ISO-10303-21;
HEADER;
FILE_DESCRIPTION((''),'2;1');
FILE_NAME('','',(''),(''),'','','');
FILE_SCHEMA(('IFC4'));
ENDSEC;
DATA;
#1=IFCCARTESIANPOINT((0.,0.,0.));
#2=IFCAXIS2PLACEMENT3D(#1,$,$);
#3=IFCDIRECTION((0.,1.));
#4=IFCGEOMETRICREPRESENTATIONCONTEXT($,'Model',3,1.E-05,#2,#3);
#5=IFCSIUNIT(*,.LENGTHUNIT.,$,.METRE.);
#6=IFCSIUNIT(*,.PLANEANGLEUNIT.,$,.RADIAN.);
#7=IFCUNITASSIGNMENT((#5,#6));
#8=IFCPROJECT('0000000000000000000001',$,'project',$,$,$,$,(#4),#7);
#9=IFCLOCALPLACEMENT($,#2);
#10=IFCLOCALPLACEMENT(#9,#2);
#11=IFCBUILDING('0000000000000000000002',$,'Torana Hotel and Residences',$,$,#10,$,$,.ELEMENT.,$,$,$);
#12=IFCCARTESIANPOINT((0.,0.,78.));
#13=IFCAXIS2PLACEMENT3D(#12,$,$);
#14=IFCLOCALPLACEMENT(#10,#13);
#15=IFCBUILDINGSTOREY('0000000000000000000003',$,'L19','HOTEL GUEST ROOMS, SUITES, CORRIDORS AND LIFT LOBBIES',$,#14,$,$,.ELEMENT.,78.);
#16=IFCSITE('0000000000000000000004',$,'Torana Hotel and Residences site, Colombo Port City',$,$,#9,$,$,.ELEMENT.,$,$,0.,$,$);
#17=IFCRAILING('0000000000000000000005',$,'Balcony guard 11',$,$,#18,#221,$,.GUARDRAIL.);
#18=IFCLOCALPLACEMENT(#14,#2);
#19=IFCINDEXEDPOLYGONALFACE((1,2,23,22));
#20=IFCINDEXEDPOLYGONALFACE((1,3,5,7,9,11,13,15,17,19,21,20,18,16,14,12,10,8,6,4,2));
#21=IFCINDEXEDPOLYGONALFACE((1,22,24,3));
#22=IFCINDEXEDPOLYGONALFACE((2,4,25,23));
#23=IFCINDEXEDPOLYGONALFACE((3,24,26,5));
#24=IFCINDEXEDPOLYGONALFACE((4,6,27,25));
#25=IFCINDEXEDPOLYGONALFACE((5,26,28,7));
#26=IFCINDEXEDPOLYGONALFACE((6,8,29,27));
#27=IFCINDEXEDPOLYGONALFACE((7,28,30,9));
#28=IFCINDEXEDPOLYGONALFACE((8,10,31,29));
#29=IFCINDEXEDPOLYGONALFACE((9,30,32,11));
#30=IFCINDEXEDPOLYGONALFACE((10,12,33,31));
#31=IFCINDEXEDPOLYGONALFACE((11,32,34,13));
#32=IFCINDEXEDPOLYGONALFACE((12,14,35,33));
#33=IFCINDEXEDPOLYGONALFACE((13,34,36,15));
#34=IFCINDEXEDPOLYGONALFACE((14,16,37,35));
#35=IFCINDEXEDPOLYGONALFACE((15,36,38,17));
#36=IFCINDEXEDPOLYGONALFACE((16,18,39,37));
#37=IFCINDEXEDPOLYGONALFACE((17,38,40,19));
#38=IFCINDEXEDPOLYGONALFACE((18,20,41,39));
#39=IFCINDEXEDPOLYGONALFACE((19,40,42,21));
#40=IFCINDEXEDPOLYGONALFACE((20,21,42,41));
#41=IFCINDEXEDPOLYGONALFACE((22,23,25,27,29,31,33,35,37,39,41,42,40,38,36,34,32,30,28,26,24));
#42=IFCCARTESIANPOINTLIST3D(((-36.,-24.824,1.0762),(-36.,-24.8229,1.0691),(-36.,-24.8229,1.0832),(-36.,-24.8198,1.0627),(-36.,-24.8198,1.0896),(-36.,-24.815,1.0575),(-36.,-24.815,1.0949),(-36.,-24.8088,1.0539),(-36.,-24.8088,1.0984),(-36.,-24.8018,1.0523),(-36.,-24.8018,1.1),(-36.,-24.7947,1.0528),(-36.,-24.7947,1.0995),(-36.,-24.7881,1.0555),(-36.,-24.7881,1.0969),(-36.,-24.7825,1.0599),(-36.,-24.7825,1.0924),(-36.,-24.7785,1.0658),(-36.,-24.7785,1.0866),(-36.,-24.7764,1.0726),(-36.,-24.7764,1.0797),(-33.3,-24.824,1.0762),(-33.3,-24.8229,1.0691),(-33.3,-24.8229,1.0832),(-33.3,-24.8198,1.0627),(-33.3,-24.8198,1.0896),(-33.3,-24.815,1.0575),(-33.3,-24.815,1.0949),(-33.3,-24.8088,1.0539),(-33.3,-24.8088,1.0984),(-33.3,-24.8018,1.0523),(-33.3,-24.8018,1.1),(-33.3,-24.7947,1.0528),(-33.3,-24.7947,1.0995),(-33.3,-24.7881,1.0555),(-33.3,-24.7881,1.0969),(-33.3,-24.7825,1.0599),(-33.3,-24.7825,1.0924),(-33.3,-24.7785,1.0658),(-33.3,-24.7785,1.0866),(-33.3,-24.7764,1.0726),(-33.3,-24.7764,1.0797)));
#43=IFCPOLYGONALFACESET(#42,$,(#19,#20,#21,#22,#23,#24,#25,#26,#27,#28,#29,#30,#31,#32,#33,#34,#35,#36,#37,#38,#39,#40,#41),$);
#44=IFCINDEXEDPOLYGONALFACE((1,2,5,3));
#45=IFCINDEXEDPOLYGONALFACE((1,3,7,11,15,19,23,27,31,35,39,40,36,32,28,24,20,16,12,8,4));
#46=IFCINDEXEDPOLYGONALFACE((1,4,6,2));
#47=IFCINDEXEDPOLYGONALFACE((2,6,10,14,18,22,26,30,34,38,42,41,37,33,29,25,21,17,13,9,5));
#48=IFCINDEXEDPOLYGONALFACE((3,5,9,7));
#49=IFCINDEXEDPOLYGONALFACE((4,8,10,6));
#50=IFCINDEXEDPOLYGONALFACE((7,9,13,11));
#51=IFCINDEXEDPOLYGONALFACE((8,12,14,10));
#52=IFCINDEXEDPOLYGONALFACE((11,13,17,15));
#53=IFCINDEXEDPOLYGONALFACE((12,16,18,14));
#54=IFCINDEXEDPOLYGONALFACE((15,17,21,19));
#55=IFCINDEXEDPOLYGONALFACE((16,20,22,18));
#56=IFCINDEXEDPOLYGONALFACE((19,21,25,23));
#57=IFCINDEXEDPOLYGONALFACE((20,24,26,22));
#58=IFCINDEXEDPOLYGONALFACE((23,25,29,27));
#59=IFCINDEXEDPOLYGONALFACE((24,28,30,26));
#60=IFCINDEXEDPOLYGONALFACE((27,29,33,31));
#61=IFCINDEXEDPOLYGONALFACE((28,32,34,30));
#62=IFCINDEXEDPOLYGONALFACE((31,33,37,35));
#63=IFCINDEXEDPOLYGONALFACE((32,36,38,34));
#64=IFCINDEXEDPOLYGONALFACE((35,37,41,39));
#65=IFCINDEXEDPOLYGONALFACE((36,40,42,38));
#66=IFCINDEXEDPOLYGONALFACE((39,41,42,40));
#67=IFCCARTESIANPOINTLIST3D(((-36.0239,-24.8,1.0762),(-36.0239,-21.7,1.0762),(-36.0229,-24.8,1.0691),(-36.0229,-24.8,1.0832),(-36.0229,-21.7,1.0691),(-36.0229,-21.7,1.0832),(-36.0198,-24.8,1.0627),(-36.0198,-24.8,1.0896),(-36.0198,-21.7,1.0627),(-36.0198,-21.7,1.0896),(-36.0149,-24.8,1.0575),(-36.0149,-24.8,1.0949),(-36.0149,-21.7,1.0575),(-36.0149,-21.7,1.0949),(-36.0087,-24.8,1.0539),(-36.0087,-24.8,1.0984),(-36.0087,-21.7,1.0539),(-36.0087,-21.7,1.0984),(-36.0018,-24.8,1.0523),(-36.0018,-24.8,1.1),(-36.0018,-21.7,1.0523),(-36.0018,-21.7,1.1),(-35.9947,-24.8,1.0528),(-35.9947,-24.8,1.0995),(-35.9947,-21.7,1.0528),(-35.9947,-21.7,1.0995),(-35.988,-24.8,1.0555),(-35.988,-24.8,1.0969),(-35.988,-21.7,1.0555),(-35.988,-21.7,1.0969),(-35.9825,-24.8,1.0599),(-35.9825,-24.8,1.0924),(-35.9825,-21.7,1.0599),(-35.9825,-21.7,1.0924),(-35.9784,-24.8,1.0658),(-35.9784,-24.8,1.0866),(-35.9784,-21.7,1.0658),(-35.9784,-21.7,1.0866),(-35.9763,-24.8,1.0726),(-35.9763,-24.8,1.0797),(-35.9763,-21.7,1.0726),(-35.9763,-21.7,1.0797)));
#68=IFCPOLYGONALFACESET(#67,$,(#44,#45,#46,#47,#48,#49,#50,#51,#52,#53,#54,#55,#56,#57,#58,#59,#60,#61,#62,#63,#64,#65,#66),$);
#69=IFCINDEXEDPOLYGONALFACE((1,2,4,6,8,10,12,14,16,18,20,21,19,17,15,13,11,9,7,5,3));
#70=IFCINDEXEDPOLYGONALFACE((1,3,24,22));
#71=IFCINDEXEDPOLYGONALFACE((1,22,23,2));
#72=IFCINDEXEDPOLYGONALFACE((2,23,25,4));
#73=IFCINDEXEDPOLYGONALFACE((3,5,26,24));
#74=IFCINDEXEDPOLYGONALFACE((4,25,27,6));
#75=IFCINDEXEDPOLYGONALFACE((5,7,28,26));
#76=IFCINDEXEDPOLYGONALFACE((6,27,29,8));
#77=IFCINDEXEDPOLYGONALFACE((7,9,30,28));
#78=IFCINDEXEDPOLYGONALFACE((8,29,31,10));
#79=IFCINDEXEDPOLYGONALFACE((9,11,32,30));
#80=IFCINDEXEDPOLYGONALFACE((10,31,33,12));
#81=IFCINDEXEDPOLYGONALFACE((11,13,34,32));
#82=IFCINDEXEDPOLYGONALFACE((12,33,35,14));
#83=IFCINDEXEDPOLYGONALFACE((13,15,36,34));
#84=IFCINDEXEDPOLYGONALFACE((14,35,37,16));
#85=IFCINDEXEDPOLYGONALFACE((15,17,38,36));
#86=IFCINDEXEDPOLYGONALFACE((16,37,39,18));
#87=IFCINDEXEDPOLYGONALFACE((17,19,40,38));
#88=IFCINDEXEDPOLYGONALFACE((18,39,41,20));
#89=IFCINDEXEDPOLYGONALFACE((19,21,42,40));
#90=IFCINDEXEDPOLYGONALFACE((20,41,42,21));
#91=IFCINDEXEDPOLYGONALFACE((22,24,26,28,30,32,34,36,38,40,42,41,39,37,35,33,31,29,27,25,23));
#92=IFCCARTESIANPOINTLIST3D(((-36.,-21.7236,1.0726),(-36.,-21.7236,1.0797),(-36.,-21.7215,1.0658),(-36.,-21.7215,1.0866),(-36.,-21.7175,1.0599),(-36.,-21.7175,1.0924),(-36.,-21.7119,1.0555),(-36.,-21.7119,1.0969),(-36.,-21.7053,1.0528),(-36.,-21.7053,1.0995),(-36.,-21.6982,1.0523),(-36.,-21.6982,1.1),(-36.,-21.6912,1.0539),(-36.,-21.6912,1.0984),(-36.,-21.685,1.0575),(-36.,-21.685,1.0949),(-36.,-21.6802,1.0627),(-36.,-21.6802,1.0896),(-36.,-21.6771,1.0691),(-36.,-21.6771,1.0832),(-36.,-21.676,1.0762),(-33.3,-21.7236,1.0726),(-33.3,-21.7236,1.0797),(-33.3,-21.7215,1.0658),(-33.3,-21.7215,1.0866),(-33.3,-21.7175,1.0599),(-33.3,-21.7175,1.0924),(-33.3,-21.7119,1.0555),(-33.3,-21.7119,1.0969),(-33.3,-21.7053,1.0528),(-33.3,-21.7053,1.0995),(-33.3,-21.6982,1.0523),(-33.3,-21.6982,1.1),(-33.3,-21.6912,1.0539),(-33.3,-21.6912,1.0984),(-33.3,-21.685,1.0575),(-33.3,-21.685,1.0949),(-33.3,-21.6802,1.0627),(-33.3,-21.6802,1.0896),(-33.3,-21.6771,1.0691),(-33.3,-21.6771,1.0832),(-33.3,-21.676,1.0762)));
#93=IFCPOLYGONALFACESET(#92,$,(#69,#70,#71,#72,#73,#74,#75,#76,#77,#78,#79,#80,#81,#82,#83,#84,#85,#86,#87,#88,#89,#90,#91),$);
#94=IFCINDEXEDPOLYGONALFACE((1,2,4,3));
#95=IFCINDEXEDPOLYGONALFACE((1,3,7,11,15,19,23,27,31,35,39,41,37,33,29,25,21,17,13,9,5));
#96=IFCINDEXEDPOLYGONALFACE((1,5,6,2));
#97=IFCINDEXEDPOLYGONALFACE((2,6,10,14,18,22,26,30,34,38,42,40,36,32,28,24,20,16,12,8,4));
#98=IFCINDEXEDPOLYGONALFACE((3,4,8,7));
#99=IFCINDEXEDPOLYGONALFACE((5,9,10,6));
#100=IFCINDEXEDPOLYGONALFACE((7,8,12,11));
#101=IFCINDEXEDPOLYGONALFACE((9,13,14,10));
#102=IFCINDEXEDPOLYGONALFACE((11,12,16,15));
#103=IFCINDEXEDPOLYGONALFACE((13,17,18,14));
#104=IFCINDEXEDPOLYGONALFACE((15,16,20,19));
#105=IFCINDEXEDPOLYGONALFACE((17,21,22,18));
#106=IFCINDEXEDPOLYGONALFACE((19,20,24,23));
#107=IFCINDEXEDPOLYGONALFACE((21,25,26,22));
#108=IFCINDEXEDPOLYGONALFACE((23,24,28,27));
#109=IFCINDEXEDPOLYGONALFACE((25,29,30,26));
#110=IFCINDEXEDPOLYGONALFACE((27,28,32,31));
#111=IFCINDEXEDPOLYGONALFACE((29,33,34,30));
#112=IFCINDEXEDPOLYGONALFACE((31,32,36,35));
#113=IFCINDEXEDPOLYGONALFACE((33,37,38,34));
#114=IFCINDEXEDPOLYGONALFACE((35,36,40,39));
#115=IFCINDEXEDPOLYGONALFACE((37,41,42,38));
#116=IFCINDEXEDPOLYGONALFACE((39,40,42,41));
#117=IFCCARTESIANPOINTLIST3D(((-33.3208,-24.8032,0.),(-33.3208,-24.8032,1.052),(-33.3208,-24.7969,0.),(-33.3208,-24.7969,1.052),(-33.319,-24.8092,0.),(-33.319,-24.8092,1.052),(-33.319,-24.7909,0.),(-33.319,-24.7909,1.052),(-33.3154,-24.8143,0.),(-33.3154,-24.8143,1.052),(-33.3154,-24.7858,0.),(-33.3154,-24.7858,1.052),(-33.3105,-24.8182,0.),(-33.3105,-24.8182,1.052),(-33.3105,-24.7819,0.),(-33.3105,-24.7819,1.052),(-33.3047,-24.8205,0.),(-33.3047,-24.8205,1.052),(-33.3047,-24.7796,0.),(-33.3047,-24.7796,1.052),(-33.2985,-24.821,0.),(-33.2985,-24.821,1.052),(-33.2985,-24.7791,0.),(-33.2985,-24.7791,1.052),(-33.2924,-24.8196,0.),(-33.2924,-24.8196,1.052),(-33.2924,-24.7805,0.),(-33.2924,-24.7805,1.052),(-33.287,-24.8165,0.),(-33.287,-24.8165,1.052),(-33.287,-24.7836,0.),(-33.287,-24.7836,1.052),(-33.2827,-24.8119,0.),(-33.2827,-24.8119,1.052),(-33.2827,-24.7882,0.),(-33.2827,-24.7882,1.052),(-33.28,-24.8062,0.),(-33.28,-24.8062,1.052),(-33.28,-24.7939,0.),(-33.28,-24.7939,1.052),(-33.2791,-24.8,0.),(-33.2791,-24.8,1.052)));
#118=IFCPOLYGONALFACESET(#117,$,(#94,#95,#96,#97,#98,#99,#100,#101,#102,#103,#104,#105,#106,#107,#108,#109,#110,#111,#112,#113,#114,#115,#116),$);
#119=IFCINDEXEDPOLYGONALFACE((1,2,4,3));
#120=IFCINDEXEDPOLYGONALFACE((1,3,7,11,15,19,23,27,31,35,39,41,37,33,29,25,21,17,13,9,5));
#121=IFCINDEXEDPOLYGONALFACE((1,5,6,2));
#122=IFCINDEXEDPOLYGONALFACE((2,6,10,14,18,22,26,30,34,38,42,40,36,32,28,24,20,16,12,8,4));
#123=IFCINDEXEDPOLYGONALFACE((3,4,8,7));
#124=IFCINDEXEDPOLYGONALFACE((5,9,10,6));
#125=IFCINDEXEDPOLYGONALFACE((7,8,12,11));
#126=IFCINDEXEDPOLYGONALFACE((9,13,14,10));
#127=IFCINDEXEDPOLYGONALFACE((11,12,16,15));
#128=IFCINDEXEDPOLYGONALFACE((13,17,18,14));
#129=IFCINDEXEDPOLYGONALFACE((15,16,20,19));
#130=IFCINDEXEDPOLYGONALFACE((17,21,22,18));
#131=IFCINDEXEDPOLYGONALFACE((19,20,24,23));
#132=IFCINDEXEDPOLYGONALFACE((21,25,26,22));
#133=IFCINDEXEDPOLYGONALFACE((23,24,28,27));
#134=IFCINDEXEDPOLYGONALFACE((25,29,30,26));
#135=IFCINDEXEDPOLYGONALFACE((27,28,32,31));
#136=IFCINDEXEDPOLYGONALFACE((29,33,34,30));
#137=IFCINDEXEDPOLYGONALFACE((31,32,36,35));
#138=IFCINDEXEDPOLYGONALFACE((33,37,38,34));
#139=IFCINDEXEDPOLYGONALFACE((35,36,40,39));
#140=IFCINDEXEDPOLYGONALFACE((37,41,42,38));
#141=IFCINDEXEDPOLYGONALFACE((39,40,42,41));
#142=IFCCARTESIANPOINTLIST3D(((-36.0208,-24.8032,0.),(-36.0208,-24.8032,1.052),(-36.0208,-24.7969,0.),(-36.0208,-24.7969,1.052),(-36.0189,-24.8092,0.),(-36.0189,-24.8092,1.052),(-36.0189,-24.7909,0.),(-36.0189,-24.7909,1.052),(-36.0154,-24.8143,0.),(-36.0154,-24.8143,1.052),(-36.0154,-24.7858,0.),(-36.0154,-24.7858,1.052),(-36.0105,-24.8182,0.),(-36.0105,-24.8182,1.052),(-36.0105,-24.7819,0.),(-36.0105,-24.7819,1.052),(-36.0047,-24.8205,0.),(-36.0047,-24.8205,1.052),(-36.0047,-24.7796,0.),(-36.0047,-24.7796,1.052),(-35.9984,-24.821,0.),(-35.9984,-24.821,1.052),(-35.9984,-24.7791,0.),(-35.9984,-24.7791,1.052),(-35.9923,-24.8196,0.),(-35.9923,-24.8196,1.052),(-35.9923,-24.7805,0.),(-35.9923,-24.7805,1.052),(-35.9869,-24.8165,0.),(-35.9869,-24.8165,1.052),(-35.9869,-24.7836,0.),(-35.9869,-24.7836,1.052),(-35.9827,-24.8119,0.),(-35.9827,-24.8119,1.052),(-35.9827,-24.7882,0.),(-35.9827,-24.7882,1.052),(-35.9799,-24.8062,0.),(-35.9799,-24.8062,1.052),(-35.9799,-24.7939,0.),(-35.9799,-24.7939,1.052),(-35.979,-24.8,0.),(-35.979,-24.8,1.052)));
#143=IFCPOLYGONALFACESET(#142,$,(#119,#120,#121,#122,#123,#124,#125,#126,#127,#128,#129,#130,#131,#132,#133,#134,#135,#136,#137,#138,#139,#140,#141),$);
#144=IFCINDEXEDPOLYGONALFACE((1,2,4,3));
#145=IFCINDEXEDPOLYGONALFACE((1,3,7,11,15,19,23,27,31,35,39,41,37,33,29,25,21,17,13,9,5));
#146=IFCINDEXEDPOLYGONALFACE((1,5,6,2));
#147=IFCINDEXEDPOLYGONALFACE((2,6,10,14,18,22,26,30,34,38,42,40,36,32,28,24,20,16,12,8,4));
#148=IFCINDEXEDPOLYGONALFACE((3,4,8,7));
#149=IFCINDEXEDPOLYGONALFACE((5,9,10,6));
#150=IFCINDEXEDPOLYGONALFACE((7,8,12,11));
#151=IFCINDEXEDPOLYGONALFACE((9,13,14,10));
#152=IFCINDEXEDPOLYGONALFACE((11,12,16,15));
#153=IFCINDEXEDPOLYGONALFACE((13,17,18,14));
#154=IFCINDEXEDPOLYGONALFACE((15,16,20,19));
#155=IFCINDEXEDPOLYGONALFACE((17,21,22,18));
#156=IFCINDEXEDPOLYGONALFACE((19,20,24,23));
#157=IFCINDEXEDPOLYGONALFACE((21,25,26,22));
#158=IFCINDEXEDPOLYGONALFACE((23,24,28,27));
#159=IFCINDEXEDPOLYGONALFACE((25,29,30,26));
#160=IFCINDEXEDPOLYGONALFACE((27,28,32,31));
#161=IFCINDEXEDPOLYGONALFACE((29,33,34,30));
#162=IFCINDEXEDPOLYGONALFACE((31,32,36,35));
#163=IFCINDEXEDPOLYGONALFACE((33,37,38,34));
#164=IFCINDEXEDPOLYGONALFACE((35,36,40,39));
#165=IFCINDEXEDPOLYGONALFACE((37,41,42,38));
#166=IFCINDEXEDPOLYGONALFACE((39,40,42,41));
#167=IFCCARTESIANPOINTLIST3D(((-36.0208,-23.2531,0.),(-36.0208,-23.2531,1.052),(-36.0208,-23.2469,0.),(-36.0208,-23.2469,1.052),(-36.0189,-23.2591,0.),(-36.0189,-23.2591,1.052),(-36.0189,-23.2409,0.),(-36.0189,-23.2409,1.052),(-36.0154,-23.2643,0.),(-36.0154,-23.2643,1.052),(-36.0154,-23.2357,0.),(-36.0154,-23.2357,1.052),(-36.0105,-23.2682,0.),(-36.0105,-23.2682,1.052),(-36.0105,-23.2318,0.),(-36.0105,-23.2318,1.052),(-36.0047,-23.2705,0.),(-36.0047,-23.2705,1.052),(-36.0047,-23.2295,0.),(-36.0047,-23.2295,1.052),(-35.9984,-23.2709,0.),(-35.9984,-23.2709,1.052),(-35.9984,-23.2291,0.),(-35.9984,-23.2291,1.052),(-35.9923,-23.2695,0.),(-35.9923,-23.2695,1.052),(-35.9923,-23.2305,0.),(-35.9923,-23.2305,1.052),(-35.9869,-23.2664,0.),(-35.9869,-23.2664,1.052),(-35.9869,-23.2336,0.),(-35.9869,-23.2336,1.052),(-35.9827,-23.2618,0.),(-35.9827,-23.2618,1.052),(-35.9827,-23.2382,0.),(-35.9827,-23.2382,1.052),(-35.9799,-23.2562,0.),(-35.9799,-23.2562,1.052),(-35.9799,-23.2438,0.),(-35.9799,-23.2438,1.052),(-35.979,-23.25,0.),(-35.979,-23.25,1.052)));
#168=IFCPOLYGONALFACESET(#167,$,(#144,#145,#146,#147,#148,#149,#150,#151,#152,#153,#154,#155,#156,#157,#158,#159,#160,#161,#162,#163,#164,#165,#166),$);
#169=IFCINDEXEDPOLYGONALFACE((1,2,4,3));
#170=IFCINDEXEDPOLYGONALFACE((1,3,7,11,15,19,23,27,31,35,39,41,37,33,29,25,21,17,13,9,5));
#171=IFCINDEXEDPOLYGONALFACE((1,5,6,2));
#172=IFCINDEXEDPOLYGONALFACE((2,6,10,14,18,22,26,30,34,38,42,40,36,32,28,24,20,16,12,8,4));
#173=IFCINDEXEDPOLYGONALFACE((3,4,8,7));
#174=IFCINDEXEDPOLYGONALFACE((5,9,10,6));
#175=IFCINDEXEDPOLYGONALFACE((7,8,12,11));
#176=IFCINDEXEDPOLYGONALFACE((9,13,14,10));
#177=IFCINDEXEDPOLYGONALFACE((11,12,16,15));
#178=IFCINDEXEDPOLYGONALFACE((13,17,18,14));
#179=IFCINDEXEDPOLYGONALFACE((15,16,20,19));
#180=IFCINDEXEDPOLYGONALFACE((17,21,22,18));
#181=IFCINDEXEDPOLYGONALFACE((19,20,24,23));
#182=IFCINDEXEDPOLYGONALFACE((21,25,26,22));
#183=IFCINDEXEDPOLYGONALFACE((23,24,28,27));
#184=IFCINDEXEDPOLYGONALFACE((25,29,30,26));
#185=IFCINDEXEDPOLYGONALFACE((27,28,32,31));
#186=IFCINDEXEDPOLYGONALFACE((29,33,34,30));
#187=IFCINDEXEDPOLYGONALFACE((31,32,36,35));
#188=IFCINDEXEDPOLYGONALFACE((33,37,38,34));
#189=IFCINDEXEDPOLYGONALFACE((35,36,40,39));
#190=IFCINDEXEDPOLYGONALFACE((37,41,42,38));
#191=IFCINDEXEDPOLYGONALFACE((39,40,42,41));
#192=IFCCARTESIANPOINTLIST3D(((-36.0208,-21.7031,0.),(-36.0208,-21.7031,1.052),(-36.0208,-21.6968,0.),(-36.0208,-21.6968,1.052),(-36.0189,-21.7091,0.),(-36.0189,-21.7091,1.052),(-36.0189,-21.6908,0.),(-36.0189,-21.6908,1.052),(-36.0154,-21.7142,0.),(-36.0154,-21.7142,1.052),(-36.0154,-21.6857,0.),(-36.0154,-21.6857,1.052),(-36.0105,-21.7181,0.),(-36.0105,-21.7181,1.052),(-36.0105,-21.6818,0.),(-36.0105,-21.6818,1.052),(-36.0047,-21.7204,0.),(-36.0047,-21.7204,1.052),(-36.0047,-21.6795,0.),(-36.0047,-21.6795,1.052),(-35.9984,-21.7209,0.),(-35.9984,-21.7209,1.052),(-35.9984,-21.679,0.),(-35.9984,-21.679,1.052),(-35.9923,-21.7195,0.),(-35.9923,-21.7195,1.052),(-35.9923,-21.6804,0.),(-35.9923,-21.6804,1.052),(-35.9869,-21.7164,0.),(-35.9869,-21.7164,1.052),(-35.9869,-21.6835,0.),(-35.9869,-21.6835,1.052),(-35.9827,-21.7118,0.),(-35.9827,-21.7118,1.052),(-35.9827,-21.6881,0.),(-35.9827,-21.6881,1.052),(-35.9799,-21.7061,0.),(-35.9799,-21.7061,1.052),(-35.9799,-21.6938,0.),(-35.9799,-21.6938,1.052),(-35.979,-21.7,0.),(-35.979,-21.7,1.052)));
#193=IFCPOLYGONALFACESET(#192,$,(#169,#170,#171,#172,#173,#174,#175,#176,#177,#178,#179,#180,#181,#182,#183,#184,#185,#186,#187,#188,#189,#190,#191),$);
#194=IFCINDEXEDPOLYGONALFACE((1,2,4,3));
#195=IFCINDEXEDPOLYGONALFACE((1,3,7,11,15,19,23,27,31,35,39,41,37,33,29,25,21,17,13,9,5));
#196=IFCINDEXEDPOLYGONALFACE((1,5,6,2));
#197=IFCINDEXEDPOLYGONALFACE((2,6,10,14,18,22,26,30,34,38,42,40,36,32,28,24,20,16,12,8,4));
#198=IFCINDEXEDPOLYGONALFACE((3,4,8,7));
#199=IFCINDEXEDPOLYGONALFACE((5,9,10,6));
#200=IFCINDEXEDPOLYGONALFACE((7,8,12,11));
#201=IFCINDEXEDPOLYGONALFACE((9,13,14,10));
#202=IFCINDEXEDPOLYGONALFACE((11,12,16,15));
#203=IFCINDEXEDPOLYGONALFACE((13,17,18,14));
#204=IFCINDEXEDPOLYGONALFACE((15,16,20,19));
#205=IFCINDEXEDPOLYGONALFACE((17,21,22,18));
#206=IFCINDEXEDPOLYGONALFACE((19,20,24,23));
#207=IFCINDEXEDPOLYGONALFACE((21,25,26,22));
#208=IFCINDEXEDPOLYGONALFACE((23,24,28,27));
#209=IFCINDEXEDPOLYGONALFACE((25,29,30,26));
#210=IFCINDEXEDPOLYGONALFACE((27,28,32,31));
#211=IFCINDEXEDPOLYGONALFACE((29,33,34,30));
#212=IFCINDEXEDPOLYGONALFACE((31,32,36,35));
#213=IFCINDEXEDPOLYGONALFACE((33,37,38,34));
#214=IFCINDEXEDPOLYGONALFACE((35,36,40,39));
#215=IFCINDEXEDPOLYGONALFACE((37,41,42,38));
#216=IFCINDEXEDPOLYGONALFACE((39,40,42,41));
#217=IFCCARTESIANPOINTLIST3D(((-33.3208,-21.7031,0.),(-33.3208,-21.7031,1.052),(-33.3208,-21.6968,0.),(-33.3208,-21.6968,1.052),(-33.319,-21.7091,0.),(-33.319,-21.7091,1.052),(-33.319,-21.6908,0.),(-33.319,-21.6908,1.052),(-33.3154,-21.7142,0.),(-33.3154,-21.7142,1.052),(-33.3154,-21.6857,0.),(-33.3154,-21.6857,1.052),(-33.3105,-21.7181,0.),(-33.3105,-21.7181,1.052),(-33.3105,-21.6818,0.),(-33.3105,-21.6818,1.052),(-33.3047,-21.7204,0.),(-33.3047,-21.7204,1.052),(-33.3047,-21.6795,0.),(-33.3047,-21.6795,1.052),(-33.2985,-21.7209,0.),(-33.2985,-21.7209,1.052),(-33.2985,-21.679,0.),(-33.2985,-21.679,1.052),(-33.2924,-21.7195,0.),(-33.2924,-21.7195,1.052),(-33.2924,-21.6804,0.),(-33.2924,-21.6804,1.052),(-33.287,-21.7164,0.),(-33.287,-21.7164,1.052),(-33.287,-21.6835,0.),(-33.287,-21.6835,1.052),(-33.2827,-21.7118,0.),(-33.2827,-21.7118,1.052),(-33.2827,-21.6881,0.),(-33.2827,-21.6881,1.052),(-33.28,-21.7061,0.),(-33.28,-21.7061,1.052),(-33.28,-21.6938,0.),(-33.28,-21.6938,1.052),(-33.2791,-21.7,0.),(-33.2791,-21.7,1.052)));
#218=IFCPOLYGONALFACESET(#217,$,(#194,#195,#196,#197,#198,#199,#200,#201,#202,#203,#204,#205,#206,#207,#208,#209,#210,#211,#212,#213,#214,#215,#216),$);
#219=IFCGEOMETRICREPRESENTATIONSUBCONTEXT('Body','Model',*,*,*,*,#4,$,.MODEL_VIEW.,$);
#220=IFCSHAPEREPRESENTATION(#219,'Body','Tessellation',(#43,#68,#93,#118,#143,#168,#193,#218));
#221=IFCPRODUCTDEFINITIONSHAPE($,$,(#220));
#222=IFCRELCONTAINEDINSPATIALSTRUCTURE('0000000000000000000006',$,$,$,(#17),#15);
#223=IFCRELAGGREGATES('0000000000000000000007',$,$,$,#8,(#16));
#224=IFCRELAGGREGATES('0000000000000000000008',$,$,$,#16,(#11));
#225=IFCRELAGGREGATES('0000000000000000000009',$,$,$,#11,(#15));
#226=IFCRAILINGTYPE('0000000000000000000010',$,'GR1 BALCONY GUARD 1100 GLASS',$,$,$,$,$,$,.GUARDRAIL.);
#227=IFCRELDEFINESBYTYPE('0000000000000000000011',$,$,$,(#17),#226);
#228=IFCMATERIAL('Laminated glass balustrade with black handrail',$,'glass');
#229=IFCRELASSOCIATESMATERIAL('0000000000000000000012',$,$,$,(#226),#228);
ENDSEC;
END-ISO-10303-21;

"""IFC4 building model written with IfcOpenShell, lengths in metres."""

from ifc_helpers import new_model, si_unit, direction, frame, origin, origin_2d, place, context, subcontext, project, spatial, circle, extrude, material, type_object, element, save


model = new_model("IFC4")

# Units and contexts
model_context = context("Model", 3, precision=1e-05, world=origin(), true_north=direction((0.0, 1.0)))
body_context = subcontext(model_context, "Body", "Model", "MODEL_VIEW")
ifc_project = project(units=[si_unit("LENGTHUNIT", "METRE"), si_unit("PLANEANGLEUNIT", "RADIAN")], contexts=[model_context])

# Site, building, storey
site_placement = place(None, origin())
site = spatial("IfcSite", under=ifc_project, at=site_placement, Name="Torana Hotel and Residences site, Colombo Port City", CompositionType="ELEMENT", RefElevation=0.0)
building_placement = place(site_placement, origin())
building = spatial("IfcBuilding", under=site, at=building_placement, Name="Torana Hotel and Residences", CompositionType="ELEMENT")
storey_placement = place(building_placement, frame((0.0, 0.0, 78.0)))
storey = spatial("IfcBuildingStorey", under=building, at=storey_placement, Name="L19", Description="HOTEL GUEST ROOMS, SUITES, CORRIDORS AND LIFT LOBBIES", CompositionType="ELEMENT", Elevation=78.0)

# Railing
ifc_material_1 = material(Name="Laminated glass balustrade with black handrail", Category="glass")
railing_type = type_object("IfcRailingType", Name="GR1 BALCONY GUARD 1100 GLASS", PredefinedType="GUARDRAIL", material=ifc_material_1)
railing_placement = place(storey_placement, frame((-33.3, -24.8, 0.0)))
element("IfcRailing", 1, at=railing_placement, inside=storey, type_object=railing_type, Name="Balcony guard 11", PredefinedType="GUARDRAIL", context=body_context, shape_type="SweptSolid", body=[
    extrude(circle(Radius=0.0239, at=origin_2d()), frame((0.0, 0.0, 1.0762), z_axis=(-1.0, 0.0, 0.0), x_axis=(0.0, -1.0, 0.0)), (0.0, 0.0, 1.0), 2.7),
    extrude(circle(Radius=0.0239, at=origin_2d()), frame((-2.7, 0.0, 1.0762), z_axis=(0.0, 1.0, 0.0), x_axis=(-1.0, 0.0, 0.0)), (0.0, 0.0, 1.0), 3.1001),
    extrude(circle(Radius=0.0239, at=origin_2d()), frame((-2.7, 3.1001, 1.0762), z_axis=(1.0, 0.0, 0.0), x_axis=(0.0, 1.0, 0.0)), (0.0, 0.0, 1.0), 2.7),
    extrude(circle(Radius=0.021, at=origin_2d()), origin(), (0.0, 0.0, 1.0), 1.052),
    extrude(circle(Radius=0.021, at=origin_2d()), frame((-2.7, 0.0, 0.0)), (0.0, 0.0, 1.0), 1.052),
    extrude(circle(Radius=0.021, at=origin_2d()), frame((-2.7, 1.55, 0.0)), (0.0, 0.0, 1.0), 1.052),
    extrude(circle(Radius=0.021, at=origin_2d()), frame((-2.7, 3.1001, 0.0)), (0.0, 0.0, 1.0), 1.052),
    extrude(circle(Radius=0.021, at=origin_2d()), frame((0.0, 3.1001, 0.0)), (0.0, 0.0, 1.0), 1.052),
])

save(model, "model.ifc")
